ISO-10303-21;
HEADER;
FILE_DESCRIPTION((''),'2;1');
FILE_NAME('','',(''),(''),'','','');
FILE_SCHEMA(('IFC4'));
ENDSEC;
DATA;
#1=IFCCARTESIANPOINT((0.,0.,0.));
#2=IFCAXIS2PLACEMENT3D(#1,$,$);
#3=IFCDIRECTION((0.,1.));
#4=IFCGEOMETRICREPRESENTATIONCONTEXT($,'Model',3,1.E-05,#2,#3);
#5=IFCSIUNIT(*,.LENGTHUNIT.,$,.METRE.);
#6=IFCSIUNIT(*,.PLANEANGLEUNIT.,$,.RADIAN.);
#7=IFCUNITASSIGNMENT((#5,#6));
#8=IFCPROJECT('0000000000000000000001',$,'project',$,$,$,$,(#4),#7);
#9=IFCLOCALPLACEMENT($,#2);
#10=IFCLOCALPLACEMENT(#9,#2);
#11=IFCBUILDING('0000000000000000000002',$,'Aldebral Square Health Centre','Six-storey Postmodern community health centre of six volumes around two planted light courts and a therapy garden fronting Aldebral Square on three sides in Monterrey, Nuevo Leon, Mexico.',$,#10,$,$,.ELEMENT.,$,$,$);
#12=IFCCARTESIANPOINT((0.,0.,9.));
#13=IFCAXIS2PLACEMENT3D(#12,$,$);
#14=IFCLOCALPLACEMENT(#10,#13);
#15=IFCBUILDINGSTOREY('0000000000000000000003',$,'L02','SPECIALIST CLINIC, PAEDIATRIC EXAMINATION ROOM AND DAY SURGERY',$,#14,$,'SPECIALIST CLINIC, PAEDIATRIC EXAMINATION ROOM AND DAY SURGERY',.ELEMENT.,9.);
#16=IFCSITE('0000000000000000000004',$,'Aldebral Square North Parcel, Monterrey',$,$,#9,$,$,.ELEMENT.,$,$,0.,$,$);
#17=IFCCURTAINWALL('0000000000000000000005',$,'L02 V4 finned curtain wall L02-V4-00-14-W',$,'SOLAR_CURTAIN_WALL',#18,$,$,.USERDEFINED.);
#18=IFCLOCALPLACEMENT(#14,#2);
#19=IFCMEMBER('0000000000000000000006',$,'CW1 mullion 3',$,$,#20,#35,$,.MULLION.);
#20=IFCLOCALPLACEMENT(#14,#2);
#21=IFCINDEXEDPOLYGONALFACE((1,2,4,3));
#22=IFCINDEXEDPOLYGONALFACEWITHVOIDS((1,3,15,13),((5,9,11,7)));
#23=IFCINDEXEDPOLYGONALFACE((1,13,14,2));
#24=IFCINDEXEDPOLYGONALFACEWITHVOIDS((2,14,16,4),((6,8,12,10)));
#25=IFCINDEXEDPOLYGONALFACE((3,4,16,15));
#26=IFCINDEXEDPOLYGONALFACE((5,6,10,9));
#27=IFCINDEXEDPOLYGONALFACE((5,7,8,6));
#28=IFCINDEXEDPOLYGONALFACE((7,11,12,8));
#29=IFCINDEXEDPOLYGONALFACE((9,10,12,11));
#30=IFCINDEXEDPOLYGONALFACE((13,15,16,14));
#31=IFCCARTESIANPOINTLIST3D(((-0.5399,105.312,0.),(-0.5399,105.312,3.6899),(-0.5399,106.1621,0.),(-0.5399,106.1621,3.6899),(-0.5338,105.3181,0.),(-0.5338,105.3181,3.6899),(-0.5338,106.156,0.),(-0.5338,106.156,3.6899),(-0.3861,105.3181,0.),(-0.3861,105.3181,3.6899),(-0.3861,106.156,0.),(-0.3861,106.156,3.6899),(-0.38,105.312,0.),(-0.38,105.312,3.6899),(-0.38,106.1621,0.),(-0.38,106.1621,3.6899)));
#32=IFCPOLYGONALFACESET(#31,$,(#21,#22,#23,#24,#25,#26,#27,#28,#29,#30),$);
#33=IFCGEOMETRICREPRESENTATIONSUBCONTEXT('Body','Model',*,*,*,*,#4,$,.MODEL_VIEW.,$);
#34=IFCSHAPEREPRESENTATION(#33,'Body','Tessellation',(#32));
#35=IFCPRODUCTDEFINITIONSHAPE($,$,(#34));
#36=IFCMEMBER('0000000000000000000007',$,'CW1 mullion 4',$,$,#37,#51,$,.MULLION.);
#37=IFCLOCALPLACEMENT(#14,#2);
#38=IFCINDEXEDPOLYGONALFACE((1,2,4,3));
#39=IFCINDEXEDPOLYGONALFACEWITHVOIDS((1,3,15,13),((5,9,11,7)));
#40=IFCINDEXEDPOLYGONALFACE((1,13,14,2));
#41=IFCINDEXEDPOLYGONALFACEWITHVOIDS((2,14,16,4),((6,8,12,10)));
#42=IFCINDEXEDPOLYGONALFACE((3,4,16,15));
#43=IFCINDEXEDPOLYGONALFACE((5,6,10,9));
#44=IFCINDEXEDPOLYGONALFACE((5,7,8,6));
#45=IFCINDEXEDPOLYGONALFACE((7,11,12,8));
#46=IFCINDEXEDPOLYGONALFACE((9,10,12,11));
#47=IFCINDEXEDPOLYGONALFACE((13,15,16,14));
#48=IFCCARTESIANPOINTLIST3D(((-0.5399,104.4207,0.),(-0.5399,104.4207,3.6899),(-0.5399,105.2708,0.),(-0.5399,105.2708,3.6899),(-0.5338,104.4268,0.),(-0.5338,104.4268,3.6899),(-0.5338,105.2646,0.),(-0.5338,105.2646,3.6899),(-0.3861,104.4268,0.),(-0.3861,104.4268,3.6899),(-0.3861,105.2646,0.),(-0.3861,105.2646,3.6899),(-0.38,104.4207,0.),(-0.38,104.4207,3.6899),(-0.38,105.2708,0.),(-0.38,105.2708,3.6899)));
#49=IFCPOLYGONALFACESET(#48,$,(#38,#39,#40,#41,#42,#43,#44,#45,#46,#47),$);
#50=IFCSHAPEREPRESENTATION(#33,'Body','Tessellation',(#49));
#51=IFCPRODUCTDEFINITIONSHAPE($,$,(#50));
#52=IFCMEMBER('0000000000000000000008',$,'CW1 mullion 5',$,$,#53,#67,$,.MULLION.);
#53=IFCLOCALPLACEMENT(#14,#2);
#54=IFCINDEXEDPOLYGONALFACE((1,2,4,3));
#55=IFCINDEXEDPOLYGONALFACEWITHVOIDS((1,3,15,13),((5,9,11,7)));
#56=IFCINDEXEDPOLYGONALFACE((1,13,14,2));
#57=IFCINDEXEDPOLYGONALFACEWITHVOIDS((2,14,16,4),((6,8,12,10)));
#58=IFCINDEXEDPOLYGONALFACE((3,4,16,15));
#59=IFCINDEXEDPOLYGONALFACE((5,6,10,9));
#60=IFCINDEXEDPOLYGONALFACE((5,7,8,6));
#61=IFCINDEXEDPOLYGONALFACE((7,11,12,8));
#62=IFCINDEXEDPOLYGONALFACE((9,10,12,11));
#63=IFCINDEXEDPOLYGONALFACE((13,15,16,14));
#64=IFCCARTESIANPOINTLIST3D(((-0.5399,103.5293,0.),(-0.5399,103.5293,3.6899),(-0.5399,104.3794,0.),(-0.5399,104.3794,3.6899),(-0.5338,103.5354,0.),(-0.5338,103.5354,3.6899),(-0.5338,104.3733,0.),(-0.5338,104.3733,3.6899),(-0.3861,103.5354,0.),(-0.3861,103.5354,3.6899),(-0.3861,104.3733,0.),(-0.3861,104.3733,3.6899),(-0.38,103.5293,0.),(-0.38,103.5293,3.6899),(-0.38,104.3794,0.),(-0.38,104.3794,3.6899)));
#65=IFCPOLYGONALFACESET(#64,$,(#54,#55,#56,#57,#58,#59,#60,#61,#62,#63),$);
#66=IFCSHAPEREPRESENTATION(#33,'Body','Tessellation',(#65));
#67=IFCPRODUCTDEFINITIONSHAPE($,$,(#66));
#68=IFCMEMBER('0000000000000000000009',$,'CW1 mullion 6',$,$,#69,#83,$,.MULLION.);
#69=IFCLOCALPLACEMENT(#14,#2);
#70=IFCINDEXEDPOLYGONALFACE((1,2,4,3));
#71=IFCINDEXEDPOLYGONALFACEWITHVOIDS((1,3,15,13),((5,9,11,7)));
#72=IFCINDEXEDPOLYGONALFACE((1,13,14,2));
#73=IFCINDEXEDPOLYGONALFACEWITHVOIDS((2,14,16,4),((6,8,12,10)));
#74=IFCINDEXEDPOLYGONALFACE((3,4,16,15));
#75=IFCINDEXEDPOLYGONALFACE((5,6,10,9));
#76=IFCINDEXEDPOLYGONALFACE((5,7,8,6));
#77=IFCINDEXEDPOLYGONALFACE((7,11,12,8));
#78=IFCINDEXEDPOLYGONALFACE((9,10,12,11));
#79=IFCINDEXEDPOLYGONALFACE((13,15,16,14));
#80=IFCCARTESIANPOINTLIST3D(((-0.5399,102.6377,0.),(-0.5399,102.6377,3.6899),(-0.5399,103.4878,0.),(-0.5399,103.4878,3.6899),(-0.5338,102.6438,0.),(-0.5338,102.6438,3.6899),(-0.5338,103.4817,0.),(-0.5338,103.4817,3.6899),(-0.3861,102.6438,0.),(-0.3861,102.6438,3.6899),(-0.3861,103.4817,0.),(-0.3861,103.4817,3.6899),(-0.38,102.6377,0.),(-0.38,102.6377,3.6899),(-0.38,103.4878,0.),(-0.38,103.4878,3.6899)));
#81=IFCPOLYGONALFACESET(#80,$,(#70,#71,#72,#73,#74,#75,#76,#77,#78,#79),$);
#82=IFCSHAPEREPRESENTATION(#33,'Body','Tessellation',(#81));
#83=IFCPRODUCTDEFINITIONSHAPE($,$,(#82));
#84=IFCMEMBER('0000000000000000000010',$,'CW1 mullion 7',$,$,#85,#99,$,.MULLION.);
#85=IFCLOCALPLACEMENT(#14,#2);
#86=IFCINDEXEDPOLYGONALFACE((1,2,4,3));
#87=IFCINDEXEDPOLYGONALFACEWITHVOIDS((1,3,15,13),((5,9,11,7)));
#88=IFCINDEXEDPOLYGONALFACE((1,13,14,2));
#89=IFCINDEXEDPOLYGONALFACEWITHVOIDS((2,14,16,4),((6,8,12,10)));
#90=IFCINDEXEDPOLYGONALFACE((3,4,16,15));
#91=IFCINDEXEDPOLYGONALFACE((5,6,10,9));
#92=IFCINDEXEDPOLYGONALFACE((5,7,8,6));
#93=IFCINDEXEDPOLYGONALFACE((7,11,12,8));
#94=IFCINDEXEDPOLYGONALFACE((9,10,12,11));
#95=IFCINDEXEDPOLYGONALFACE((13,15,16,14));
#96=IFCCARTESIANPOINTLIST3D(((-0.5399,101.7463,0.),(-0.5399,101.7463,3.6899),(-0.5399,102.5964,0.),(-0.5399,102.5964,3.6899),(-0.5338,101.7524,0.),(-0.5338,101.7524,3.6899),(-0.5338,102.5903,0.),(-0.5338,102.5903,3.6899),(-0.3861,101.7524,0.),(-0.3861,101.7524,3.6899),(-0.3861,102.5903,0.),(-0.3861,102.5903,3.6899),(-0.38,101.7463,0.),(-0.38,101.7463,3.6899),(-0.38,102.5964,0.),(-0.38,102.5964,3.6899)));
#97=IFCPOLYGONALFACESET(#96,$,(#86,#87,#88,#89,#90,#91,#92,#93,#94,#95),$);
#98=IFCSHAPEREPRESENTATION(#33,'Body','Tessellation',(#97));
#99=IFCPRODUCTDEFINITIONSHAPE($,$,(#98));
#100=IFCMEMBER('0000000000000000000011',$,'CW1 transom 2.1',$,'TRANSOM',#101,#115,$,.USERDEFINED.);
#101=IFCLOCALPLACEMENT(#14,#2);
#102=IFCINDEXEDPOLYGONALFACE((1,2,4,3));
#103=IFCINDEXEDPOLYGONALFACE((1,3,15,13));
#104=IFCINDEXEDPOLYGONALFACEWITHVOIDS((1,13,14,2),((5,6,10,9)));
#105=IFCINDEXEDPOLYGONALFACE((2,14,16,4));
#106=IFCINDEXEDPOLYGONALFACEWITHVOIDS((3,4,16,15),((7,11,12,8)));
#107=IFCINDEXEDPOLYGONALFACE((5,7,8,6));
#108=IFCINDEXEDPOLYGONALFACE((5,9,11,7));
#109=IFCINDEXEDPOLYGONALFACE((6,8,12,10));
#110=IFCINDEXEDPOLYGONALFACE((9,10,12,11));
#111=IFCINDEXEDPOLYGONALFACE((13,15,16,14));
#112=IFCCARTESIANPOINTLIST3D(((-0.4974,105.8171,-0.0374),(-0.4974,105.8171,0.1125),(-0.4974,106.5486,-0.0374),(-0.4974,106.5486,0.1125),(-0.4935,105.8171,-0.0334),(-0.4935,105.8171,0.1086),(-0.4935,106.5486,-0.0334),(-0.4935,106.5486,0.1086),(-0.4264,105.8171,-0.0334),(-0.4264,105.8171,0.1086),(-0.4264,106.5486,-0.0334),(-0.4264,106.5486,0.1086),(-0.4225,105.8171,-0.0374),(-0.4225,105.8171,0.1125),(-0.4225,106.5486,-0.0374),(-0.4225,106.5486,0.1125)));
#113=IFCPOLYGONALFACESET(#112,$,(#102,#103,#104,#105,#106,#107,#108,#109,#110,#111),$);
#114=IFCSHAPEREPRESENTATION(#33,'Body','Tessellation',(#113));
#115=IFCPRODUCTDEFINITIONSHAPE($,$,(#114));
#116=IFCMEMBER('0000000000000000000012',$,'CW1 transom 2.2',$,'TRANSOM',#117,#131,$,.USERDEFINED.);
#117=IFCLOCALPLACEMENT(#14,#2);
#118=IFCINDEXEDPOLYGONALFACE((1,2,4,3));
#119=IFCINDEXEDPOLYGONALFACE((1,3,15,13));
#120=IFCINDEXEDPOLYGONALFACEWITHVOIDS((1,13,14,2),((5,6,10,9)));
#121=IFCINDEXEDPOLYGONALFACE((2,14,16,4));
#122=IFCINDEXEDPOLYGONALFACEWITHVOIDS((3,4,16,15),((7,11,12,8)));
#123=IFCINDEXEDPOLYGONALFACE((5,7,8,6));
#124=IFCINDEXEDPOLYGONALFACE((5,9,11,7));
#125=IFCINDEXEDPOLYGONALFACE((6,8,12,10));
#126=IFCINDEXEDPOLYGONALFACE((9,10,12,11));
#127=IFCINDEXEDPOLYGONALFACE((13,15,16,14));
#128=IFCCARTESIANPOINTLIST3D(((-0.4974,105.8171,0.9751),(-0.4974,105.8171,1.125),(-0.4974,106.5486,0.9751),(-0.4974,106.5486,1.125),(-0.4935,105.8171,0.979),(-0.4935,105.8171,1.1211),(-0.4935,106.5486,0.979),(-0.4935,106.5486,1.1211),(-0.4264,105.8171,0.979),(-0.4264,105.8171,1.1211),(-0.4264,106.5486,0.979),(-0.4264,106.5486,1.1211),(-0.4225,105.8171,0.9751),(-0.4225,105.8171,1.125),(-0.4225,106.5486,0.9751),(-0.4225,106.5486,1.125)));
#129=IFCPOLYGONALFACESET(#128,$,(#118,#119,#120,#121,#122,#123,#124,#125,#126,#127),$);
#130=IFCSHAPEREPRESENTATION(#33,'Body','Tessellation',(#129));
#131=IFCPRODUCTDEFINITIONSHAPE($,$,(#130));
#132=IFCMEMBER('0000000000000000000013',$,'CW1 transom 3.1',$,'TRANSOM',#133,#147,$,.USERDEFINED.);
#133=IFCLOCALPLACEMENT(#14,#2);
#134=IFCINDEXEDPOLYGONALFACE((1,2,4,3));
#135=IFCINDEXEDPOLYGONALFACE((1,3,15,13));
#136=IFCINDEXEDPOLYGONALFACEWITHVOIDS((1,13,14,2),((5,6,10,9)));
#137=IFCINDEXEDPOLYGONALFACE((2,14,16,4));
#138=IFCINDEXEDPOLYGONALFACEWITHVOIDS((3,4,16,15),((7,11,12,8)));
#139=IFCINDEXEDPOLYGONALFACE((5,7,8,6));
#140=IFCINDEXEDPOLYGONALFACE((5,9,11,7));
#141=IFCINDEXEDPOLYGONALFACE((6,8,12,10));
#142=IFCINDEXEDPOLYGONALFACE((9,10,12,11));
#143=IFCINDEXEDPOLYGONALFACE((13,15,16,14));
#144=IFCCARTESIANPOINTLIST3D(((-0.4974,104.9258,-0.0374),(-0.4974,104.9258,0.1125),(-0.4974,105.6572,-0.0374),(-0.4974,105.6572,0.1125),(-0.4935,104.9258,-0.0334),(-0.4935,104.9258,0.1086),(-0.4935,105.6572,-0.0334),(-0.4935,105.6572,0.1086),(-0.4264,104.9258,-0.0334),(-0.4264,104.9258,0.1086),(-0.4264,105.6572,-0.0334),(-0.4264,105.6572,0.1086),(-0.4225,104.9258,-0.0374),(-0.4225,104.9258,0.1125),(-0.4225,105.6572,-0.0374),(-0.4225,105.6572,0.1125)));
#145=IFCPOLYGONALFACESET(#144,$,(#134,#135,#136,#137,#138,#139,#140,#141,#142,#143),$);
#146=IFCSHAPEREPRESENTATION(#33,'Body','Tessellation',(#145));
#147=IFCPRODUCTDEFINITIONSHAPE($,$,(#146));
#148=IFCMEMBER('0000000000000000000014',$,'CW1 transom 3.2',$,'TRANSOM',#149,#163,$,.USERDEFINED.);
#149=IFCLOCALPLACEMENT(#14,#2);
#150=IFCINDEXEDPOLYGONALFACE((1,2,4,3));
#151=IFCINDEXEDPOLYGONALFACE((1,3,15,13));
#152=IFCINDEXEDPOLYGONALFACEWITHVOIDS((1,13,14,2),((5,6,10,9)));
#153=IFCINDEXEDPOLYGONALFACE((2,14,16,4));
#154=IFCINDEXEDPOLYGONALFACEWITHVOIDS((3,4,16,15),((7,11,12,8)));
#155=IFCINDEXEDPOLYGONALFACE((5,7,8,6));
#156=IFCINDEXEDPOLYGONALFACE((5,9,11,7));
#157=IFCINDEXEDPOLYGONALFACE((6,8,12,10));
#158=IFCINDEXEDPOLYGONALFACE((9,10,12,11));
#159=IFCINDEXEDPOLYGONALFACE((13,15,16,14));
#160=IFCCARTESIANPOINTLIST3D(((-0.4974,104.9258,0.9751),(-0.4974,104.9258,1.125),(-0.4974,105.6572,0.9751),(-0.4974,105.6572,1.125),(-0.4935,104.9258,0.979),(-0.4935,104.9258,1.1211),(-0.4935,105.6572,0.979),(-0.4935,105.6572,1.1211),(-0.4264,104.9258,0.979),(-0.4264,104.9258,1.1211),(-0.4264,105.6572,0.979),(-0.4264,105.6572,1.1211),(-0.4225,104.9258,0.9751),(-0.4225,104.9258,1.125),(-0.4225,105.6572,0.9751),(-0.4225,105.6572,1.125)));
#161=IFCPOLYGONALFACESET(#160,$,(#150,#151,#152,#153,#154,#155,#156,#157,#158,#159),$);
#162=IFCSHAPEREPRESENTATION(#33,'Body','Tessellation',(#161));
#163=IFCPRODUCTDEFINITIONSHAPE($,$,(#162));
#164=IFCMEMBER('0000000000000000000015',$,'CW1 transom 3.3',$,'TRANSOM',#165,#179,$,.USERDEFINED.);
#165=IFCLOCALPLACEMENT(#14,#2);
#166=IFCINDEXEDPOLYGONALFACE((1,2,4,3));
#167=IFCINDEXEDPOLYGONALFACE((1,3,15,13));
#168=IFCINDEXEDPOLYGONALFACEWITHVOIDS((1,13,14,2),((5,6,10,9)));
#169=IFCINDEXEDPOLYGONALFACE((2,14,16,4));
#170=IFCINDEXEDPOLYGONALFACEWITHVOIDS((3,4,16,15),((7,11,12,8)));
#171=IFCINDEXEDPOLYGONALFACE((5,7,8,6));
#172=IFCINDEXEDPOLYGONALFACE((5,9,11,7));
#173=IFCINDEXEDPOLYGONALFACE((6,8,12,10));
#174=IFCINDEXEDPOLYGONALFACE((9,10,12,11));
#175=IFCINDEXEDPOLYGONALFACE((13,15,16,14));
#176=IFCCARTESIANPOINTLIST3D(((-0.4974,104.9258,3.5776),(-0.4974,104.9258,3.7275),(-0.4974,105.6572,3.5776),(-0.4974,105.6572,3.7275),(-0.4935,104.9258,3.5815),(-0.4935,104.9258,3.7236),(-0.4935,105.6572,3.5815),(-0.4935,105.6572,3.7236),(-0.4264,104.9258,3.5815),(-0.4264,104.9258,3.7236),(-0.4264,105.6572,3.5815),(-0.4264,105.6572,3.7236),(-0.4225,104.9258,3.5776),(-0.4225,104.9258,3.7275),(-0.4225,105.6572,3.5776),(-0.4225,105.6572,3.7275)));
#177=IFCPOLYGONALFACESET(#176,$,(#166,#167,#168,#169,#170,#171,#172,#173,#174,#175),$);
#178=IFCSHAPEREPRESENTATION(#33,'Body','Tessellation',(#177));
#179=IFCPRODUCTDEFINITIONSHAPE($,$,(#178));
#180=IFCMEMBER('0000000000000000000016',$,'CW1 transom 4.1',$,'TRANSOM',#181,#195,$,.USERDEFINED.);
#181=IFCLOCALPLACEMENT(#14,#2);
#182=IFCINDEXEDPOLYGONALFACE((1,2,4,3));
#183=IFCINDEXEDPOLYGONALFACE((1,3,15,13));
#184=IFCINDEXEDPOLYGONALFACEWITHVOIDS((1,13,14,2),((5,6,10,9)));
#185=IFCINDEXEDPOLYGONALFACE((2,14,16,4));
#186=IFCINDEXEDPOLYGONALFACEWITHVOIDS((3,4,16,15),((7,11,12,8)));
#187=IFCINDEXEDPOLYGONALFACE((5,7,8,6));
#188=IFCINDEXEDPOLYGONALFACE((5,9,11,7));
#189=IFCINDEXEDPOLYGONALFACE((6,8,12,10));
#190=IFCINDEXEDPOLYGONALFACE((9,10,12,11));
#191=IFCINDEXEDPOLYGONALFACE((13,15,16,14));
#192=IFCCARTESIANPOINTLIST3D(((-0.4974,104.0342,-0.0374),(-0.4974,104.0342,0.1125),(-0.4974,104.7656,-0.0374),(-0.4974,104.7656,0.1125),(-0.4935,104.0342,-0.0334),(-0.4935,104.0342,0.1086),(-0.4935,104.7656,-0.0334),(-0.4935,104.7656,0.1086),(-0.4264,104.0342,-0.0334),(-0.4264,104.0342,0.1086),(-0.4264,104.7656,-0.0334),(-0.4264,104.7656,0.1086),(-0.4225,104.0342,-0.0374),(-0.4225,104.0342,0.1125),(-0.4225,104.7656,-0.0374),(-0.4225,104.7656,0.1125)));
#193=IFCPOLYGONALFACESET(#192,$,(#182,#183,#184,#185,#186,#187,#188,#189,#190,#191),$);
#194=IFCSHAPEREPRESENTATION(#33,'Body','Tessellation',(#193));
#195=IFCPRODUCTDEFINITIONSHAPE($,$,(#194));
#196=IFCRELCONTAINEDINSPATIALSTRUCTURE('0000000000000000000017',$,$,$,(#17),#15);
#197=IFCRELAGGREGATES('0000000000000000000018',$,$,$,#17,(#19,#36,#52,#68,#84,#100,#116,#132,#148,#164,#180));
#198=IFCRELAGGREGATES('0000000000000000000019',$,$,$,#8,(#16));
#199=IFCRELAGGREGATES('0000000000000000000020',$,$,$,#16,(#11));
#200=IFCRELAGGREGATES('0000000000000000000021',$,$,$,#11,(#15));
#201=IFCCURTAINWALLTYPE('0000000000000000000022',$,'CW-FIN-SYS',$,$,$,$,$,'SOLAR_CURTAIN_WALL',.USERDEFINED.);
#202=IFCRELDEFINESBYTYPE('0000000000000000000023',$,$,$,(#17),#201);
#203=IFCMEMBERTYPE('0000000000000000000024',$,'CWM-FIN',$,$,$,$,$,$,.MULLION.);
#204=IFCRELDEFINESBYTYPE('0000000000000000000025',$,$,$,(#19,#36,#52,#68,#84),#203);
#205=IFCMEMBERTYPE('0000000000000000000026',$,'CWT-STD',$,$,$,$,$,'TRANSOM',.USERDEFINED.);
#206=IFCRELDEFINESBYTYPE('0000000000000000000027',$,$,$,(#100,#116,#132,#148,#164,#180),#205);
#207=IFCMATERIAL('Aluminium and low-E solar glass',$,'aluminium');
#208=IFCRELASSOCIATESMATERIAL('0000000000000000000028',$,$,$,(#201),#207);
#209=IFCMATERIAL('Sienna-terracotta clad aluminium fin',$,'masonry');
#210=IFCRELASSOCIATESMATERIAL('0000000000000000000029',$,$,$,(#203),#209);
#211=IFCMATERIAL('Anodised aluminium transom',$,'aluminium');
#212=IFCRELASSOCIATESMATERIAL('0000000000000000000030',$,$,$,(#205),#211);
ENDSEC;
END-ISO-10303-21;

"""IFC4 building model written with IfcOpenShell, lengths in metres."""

from ifc_helpers import new_model, si_unit, direction, frame, origin, origin_2d, place, context, subcontext, project, spatial, hollow_rectangle, extrude, material, material_profile, profile_set, type_object, element, aggregate, save


model = new_model("IFC4")

# Units and contexts
model_context = context("Model", 3, precision=1e-05, world=origin(), true_north=direction((0.0, 1.0)))
body_context = subcontext(model_context, "Body", "Model", "MODEL_VIEW")
ifc_project = project(units=[si_unit("LENGTHUNIT", "METRE"), si_unit("PLANEANGLEUNIT", "RADIAN")], contexts=[model_context])

# Site, building, storey
site_placement = place(None, origin())
site = spatial("IfcSite", under=ifc_project, at=site_placement, Name="Aldebral Square North Parcel, Monterrey", CompositionType="ELEMENT", RefElevation=0.0)
building_placement = place(site_placement, origin())
building = spatial("IfcBuilding", under=site, at=building_placement, Name="Aldebral Square Health Centre", Description="Six-storey Postmodern community health centre of six volumes around two planted light courts and a therapy garden fronting Aldebral Square on three sides in Monterrey, Nuevo Leon, Mexico.", CompositionType="ELEMENT")
storey_placement = place(building_placement, frame((0.0, 0.0, 9.0)))
storey = spatial("IfcBuildingStorey", under=building, at=storey_placement, Name="L02", Description="SPECIALIST CLINIC, PAEDIATRIC EXAMINATION ROOM AND DAY SURGERY", LongName="SPECIALIST CLINIC, PAEDIATRIC EXAMINATION ROOM AND DAY SURGERY", CompositionType="ELEMENT", Elevation=9.0)

# Curtain wall, members
ifc_material_1 = material(Name="Aluminium and low-E solar glass", Category="aluminium")
curtain_wall_type = type_object("IfcCurtainWallType", Name="CW-FIN-SYS", ElementType="SOLAR_CURTAIN_WALL", PredefinedType="USERDEFINED", material=ifc_material_1)
curtain_wall_placement = place(storey_placement, origin())
curtain_wall = element("IfcCurtainWall", 1, at=curtain_wall_placement, inside=storey, type_object=curtain_wall_type, Name="L02 V4 finned curtain wall L02-V4-00-14-W", ObjectType="SOLAR_CURTAIN_WALL", PredefinedType="USERDEFINED")
ifc_material_2 = material(Name="Sienna-terracotta clad aluminium fin", Category="masonry")
ifc_material_profile_1 = material_profile(ifc_material_2, hollow_rectangle(XDim=0.1599, YDim=0.8501, WallThickness=0.0061, at=origin_2d()), Name="FIN 160x850x6")
ifc_profile_set_1 = profile_set([ifc_material_profile_1], Name="Sienna-terracotta clad aluminium fin")
member_type_1 = type_object("IfcMemberType", Name="CWM-FIN", PredefinedType="MULLION", material=ifc_profile_set_1)
member_1_placement = place(storey_placement, frame((-0.46, 105.7371, 0.0), z_axis=(0.0, 0.0, 1.0), x_axis=(1.0, 0.0, 0.0)))
member_1 = element("IfcMember", 2, at=member_1_placement, type_object=member_type_1, Name="CW1 mullion 3", PredefinedType="MULLION", context=body_context, shape_type="SweptSolid", body=[
    extrude(hollow_rectangle(XDim=0.1599, YDim=0.8501, WallThickness=0.0061, at=origin_2d()), origin(), (0.0, 0.0, 1.0), 3.6899),
])
member_2_placement = place(storey_placement, frame((-0.46, 104.8457, 0.0), z_axis=(0.0, 0.0, 1.0), x_axis=(1.0, 0.0, 0.0)))
member_2 = element("IfcMember", 3, at=member_2_placement, type_object=member_type_1, Name="CW1 mullion 4", PredefinedType="MULLION", context=body_context, shape_type="SweptSolid", body=[
    extrude(hollow_rectangle(XDim=0.1599, YDim=0.8501, WallThickness=0.0061, at=origin_2d()), origin(), (0.0, 0.0, 1.0), 3.6899),
])
member_3_placement = place(storey_placement, frame((-0.46, 103.9543, 0.0), z_axis=(0.0, 0.0, 1.0), x_axis=(1.0, 0.0, 0.0)))
member_3 = element("IfcMember", 4, at=member_3_placement, type_object=member_type_1, Name="CW1 mullion 5", PredefinedType="MULLION", context=body_context, shape_type="SweptSolid", body=[
    extrude(hollow_rectangle(XDim=0.1599, YDim=0.8501, WallThickness=0.0061, at=origin_2d()), origin(), (0.0, 0.0, 1.0), 3.6899),
])
member_4_placement = place(storey_placement, frame((-0.46, 103.0627, 0.0), z_axis=(0.0, 0.0, 1.0), x_axis=(1.0, 0.0, 0.0)))
member_4 = element("IfcMember", 5, at=member_4_placement, type_object=member_type_1, Name="CW1 mullion 6", PredefinedType="MULLION", context=body_context, shape_type="SweptSolid", body=[
    extrude(hollow_rectangle(XDim=0.1599, YDim=0.8501, WallThickness=0.0061, at=origin_2d()), origin(), (0.0, 0.0, 1.0), 3.6899),
])
member_5_placement = place(storey_placement, frame((-0.46, 102.1714, 0.0), z_axis=(0.0, 0.0, 1.0), x_axis=(1.0, 0.0, 0.0)))
member_5 = element("IfcMember", 6, at=member_5_placement, type_object=member_type_1, Name="CW1 mullion 7", PredefinedType="MULLION", context=body_context, shape_type="SweptSolid", body=[
    extrude(hollow_rectangle(XDim=0.1599, YDim=0.8501, WallThickness=0.0061, at=origin_2d()), origin(), (0.0, 0.0, 1.0), 3.6899),
])
ifc_material_3 = material(Name="Anodised aluminium transom", Category="aluminium")
ifc_material_profile_2 = material_profile(ifc_material_3, hollow_rectangle(XDim=0.075, YDim=0.1499, WallThickness=0.0039, at=origin_2d()), Name="CWT 75x150x4")
ifc_profile_set_2 = profile_set([ifc_material_profile_2], Name="Anodised aluminium transom")
member_type_2 = type_object("IfcMemberType", Name="CWT-STD", ElementType="TRANSOM", PredefinedType="USERDEFINED", material=ifc_profile_set_2)
member_6_placement = place(storey_placement, frame((-0.46, 106.5486, 0.0376), z_axis=(0.0, -1.0, 0.0), x_axis=(1.0, 0.0, 0.0)))
member_6 = element("IfcMember", 7, at=member_6_placement, type_object=member_type_2, Name="CW1 transom 2.1", ObjectType="TRANSOM", PredefinedType="USERDEFINED", context=body_context, shape_type="SweptSolid", body=[
    extrude(hollow_rectangle(XDim=0.075, YDim=0.1499, WallThickness=0.0039, at=origin_2d()), origin(), (0.0, 0.0, 1.0), 0.7314),
])
member_7_placement = place(storey_placement, frame((-0.46, 106.5486, 1.05), z_axis=(0.0, -1.0, 0.0), x_axis=(1.0, 0.0, 0.0)))
member_7 = element("IfcMember", 8, at=member_7_placement, type_object=member_type_2, Name="CW1 transom 2.2", ObjectType="TRANSOM", PredefinedType="USERDEFINED", context=body_context, shape_type="SweptSolid", body=[
    extrude(hollow_rectangle(XDim=0.075, YDim=0.1499, WallThickness=0.0039, at=origin_2d()), origin(), (0.0, 0.0, 1.0), 0.7314),
])
member_8_placement = place(storey_placement, frame((-0.46, 105.6572, 0.0376), z_axis=(0.0, -1.0, 0.0), x_axis=(1.0, 0.0, 0.0)))
member_8 = element("IfcMember", 9, at=member_8_placement, type_object=member_type_2, Name="CW1 transom 3.1", ObjectType="TRANSOM", PredefinedType="USERDEFINED", context=body_context, shape_type="SweptSolid", body=[
    extrude(hollow_rectangle(XDim=0.075, YDim=0.1499, WallThickness=0.0039, at=origin_2d()), origin(), (0.0, 0.0, 1.0), 0.7314),
])
member_9_placement = place(storey_placement, frame((-0.46, 105.6572, 1.05), z_axis=(0.0, -1.0, 0.0), x_axis=(1.0, 0.0, 0.0)))
member_9 = element("IfcMember", 10, at=member_9_placement, type_object=member_type_2, Name="CW1 transom 3.2", ObjectType="TRANSOM", PredefinedType="USERDEFINED", context=body_context, shape_type="SweptSolid", body=[
    extrude(hollow_rectangle(XDim=0.075, YDim=0.1499, WallThickness=0.0039, at=origin_2d()), origin(), (0.0, 0.0, 1.0), 0.7314),
])
member_10_placement = place(storey_placement, frame((-0.46, 105.6572, 3.6526), z_axis=(0.0, -1.0, 0.0), x_axis=(1.0, 0.0, 0.0)))
member_10 = element("IfcMember", 11, at=member_10_placement, type_object=member_type_2, Name="CW1 transom 3.3", ObjectType="TRANSOM", PredefinedType="USERDEFINED", context=body_context, shape_type="SweptSolid", body=[
    extrude(hollow_rectangle(XDim=0.075, YDim=0.1499, WallThickness=0.0039, at=origin_2d()), origin(), (0.0, 0.0, 1.0), 0.7314),
])
member_11_placement = place(storey_placement, frame((-0.46, 104.7656, 0.0376), z_axis=(0.0, -1.0, 0.0), x_axis=(1.0, 0.0, 0.0)))
member_11 = element("IfcMember", 12, at=member_11_placement, type_object=member_type_2, Name="CW1 transom 4.1", ObjectType="TRANSOM", PredefinedType="USERDEFINED", context=body_context, shape_type="SweptSolid", body=[
    extrude(hollow_rectangle(XDim=0.075, YDim=0.1499, WallThickness=0.0039, at=origin_2d()), origin(), (0.0, 0.0, 1.0), 0.7314),
])
aggregate(curtain_wall, [member_1, member_2, member_3, member_4, member_5, member_6, member_7, member_8, member_9, member_10, member_11])

save(model, "model.ifc")
